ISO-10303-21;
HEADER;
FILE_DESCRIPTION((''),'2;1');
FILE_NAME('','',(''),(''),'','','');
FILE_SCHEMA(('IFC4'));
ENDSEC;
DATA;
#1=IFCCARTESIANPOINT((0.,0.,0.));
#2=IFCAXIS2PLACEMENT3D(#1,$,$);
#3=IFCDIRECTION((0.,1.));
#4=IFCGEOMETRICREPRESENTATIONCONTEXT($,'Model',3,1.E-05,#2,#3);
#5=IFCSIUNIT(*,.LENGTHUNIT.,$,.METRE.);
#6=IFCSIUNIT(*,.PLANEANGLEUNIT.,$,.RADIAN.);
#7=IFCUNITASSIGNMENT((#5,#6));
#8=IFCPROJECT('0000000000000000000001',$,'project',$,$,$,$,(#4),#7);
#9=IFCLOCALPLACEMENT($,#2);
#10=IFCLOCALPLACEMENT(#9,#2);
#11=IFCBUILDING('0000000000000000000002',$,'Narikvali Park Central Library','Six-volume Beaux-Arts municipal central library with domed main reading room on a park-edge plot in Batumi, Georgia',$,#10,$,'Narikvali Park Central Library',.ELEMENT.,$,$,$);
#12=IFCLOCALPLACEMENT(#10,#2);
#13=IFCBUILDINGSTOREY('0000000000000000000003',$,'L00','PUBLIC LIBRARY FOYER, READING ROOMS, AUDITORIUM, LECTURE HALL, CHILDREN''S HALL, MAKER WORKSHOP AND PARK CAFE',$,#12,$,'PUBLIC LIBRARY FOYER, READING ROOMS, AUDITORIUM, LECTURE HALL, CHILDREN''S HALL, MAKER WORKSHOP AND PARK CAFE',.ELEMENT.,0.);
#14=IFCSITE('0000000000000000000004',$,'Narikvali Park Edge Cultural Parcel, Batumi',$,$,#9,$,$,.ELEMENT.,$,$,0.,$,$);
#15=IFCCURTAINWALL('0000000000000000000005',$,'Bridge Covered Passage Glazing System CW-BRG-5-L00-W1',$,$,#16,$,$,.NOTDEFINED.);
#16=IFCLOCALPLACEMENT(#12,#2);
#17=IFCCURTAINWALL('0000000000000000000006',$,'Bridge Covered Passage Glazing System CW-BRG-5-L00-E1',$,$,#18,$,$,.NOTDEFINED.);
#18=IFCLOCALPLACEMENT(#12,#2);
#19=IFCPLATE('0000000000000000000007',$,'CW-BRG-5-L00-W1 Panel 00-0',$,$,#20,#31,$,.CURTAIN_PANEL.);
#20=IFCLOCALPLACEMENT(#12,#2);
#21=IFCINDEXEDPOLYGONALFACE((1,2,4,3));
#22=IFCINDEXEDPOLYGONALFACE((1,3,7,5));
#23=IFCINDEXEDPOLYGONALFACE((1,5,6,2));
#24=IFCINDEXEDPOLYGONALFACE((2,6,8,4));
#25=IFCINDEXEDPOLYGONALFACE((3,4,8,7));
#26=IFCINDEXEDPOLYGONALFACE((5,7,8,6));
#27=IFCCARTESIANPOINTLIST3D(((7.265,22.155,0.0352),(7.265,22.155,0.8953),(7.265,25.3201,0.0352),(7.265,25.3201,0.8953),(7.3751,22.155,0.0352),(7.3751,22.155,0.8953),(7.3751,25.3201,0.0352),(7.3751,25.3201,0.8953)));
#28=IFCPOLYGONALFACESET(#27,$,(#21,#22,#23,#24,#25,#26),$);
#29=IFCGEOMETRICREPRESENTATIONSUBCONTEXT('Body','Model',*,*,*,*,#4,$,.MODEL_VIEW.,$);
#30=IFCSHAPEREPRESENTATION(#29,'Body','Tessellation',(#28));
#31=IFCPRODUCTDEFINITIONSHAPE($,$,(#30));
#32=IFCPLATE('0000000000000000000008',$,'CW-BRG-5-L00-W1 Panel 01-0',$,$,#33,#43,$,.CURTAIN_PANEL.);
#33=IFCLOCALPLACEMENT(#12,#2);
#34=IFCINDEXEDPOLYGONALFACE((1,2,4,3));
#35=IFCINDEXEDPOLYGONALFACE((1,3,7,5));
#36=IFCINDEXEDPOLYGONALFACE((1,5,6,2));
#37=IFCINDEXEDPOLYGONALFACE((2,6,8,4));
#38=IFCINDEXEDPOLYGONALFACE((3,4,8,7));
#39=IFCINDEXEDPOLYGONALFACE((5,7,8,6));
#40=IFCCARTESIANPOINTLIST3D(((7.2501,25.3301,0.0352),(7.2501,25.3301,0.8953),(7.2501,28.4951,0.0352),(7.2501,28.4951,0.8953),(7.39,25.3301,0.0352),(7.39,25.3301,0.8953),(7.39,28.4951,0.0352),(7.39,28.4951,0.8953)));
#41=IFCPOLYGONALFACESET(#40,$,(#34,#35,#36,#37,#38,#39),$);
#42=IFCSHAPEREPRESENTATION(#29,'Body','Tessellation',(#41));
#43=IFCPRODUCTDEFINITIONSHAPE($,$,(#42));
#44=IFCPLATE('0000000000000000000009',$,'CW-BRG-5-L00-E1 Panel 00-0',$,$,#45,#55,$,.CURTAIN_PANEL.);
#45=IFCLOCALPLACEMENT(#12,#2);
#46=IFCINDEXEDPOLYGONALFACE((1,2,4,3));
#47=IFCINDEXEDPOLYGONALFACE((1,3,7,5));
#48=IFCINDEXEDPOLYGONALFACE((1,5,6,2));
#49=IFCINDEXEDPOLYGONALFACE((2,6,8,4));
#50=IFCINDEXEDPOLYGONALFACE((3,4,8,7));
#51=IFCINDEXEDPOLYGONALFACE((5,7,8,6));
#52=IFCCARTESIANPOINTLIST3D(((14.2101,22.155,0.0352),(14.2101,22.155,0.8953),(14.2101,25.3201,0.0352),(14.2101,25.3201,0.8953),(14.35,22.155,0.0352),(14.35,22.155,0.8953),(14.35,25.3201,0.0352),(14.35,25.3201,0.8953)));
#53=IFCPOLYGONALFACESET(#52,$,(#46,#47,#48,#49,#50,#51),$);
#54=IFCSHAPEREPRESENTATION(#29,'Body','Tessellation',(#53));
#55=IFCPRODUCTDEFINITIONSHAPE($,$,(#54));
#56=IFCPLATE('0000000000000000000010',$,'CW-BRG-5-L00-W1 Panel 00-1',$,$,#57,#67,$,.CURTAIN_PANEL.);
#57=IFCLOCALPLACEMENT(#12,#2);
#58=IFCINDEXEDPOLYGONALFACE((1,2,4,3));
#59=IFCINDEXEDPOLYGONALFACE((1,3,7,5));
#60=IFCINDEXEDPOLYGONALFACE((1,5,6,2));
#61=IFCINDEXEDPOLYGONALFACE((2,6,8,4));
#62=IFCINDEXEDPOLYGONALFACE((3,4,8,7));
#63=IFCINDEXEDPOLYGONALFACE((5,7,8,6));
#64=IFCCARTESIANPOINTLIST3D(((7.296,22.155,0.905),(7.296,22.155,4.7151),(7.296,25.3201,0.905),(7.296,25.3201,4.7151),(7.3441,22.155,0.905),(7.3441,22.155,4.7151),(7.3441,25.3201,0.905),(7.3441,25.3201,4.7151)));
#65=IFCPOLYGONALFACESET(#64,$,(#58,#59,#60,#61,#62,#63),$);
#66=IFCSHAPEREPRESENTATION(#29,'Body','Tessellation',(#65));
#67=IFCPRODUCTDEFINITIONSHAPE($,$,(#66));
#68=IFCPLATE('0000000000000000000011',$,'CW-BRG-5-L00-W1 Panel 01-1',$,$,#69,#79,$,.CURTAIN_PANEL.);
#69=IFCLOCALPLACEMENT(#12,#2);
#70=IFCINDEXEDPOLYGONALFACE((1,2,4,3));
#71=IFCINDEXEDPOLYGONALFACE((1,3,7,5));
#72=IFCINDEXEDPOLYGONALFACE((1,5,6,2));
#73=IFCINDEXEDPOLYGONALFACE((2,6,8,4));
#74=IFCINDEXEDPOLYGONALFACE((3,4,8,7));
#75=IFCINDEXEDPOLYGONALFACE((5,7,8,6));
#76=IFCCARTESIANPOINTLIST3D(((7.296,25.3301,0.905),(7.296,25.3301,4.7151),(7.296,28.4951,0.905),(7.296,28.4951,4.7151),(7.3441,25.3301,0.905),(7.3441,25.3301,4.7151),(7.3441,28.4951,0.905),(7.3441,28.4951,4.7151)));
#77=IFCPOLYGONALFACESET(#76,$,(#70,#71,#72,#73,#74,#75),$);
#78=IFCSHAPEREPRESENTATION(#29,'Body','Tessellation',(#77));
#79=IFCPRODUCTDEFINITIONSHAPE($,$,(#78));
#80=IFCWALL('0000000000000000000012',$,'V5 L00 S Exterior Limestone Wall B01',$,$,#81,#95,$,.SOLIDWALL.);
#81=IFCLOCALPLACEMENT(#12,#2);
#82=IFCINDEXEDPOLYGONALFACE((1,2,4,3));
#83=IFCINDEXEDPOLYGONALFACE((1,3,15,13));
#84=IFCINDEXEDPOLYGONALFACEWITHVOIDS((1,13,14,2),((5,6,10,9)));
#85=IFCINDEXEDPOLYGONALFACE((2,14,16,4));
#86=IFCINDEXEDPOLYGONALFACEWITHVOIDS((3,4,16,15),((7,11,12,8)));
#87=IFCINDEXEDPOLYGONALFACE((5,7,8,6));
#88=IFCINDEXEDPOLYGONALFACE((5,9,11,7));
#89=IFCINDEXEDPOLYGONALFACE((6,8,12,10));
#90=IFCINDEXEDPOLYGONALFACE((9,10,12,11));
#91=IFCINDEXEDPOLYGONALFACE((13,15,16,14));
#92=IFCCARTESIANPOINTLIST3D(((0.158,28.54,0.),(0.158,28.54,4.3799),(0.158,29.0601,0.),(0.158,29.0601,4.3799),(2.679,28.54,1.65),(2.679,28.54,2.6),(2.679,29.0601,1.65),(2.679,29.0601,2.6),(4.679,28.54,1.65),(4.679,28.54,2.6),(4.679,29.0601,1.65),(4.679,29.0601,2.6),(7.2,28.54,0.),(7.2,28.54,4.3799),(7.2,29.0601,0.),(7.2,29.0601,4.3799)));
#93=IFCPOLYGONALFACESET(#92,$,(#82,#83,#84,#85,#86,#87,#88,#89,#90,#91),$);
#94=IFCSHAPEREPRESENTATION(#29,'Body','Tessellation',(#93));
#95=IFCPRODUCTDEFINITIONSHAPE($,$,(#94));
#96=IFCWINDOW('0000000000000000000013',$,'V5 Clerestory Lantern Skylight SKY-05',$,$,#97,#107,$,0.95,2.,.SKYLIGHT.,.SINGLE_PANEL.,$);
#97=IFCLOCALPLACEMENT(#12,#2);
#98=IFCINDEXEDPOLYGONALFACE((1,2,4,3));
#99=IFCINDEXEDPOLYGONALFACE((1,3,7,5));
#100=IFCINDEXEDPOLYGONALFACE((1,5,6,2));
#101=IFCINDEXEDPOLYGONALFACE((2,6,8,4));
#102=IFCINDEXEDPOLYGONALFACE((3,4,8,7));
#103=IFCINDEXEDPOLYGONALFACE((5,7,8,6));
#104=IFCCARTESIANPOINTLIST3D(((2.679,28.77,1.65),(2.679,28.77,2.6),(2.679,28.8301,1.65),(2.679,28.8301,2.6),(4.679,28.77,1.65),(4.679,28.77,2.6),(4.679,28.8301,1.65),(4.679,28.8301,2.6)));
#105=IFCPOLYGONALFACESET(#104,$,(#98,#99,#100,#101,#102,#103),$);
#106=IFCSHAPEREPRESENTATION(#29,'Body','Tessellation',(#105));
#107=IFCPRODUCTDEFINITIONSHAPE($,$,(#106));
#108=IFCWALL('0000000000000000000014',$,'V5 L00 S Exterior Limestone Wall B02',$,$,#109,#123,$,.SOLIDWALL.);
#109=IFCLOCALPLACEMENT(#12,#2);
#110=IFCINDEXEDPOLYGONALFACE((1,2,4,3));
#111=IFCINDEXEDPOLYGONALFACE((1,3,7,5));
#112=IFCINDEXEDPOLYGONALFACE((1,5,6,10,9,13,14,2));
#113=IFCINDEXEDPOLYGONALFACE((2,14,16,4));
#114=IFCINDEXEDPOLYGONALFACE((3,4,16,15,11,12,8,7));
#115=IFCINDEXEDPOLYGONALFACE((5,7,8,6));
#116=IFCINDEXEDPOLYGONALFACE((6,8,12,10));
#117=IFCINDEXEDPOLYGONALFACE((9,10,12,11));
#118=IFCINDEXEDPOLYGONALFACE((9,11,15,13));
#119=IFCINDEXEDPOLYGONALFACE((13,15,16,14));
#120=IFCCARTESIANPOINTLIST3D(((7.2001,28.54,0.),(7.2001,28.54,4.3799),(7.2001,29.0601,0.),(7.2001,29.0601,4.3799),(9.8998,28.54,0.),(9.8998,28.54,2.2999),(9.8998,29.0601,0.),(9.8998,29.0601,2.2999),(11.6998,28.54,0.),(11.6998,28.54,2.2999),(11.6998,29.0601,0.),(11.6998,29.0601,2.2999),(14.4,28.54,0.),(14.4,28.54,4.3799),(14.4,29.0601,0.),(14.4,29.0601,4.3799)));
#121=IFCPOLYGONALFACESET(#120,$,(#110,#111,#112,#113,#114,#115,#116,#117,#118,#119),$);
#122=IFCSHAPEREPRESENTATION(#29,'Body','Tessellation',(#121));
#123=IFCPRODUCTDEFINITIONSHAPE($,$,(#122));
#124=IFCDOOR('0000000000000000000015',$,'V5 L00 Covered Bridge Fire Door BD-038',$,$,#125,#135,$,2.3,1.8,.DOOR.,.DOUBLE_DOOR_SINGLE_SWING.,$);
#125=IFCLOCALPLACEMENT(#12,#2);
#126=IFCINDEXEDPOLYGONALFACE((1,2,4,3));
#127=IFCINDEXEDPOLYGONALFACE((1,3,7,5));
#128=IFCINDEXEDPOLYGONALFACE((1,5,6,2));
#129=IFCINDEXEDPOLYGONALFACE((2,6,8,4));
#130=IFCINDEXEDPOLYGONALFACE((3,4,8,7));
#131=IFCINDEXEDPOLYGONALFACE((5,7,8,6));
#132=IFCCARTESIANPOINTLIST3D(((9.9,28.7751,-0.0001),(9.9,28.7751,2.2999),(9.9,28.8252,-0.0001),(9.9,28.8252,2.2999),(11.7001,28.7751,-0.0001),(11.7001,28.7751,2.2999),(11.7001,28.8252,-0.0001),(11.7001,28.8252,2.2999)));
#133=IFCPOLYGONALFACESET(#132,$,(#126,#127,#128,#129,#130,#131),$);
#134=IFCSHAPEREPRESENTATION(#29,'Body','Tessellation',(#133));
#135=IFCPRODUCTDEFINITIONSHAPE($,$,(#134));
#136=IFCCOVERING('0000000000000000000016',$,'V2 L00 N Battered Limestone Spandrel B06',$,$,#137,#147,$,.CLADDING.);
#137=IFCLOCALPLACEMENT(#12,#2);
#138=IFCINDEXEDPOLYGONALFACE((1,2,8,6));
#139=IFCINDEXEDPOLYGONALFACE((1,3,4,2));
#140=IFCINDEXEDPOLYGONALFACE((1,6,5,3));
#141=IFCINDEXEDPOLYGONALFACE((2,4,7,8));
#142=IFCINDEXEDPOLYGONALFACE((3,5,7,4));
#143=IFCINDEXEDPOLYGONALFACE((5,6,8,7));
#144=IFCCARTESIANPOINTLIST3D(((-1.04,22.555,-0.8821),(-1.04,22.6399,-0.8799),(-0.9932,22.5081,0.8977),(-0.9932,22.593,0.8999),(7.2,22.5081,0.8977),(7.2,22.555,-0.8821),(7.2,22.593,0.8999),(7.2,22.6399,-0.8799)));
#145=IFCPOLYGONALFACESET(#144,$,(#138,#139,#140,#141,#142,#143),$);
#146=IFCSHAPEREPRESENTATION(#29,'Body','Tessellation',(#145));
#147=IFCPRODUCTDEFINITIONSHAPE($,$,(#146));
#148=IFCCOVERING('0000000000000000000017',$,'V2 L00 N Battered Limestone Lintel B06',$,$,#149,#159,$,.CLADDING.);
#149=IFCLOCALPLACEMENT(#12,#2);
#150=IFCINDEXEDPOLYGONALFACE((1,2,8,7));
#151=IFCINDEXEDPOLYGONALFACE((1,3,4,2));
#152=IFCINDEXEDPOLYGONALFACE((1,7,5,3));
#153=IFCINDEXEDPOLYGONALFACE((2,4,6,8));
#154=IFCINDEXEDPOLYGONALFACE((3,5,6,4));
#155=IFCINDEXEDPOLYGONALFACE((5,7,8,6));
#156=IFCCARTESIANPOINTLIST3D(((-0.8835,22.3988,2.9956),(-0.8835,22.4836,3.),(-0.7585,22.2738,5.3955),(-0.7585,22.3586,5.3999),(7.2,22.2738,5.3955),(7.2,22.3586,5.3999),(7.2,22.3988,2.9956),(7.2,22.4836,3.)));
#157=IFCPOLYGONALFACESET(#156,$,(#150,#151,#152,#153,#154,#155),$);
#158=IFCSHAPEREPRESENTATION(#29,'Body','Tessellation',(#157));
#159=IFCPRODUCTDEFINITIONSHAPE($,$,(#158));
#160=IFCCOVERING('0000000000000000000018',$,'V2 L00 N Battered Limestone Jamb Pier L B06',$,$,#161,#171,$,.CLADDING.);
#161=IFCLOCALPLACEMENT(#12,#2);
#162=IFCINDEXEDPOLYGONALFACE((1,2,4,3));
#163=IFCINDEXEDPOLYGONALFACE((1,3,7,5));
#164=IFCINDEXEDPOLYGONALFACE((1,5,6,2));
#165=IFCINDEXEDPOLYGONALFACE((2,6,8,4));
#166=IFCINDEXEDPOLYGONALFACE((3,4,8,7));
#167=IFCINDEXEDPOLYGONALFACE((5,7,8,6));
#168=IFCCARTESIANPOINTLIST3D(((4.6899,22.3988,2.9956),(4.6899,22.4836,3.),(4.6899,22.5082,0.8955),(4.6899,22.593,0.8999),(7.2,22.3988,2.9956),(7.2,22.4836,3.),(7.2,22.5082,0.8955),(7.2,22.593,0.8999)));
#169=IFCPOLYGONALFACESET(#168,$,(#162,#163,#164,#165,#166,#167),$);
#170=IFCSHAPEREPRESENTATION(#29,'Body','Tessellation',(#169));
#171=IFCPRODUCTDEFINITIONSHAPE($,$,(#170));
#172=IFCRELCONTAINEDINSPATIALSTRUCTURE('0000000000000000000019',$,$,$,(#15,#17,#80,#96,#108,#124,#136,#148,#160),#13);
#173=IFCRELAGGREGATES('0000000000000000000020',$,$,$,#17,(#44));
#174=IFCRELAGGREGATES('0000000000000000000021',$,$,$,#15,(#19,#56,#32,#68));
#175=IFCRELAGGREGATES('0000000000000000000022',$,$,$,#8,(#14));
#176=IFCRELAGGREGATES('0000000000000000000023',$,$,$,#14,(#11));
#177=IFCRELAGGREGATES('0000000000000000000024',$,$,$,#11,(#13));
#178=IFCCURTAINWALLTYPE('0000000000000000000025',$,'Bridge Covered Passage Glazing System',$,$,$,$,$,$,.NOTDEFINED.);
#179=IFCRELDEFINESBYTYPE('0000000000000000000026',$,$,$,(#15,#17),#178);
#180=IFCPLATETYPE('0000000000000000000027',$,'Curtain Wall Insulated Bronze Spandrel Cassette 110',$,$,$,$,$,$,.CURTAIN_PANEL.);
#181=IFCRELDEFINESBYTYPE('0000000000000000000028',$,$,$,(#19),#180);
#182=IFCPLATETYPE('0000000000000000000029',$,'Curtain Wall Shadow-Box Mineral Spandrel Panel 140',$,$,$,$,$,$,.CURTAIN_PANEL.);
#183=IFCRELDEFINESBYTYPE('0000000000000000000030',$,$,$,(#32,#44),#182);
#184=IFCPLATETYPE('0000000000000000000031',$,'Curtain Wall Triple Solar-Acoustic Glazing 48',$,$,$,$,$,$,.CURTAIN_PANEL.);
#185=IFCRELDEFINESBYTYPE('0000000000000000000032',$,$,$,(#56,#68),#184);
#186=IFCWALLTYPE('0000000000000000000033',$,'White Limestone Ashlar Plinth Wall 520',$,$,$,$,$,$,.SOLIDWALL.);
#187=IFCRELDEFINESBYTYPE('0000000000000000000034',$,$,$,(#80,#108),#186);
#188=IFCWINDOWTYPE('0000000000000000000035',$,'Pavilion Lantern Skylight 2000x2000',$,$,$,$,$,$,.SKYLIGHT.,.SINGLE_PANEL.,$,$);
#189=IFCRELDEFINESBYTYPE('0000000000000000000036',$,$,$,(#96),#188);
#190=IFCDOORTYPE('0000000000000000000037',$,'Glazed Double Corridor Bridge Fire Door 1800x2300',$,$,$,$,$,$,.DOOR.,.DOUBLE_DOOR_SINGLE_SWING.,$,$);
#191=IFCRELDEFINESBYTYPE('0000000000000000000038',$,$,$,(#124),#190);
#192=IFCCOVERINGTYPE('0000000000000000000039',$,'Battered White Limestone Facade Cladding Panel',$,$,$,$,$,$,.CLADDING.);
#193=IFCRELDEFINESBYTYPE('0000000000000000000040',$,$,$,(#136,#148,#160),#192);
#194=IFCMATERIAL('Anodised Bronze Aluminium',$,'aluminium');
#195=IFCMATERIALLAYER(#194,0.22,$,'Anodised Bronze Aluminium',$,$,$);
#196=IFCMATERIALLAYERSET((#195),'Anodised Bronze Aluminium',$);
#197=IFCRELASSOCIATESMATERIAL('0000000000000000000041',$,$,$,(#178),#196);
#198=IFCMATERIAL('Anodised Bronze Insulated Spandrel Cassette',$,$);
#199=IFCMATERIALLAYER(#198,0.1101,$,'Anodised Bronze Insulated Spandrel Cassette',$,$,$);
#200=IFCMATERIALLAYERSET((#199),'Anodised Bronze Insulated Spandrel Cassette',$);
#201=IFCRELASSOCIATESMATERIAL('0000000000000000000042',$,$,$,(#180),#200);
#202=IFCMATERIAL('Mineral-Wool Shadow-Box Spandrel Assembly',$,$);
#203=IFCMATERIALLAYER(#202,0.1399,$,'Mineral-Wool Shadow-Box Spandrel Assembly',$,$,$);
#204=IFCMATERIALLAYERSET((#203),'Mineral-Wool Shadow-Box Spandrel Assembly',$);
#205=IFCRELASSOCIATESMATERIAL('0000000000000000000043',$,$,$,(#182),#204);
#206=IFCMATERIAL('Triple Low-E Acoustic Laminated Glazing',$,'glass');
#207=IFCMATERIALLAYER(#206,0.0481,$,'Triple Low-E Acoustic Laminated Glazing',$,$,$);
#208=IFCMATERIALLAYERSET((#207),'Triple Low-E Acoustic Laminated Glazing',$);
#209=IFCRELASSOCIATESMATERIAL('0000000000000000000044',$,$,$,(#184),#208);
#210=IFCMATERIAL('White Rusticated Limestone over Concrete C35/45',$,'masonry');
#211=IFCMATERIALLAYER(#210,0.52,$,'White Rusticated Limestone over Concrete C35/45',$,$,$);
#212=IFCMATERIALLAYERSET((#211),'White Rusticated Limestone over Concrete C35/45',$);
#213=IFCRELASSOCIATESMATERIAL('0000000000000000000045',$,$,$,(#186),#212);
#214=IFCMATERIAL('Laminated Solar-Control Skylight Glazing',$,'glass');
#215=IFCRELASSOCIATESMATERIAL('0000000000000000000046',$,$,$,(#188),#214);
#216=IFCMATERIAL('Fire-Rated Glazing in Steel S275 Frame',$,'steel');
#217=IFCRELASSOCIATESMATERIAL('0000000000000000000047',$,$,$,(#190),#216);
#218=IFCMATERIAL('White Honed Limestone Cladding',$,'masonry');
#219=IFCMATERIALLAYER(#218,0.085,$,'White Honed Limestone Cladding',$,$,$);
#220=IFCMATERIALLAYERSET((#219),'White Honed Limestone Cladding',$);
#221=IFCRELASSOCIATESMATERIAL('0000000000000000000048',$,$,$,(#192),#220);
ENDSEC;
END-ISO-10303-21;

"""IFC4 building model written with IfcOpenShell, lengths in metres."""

from ifc_helpers import new_model, si_unit, direction, frame, frame_2d, origin, origin_2d, place, context, subcontext, project, spatial, polyline, rectangle, outline, extrude, material, layer, layer_set, type_object, element, fill, aggregate, save


model = new_model("IFC4")

# Units and contexts
model_context = context("Model", 3, precision=1e-05, world=origin(), true_north=direction((0.0, 1.0)))
body_context = subcontext(model_context, "Body", "Model", "MODEL_VIEW")
ifc_project = project(units=[si_unit("LENGTHUNIT", "METRE"), si_unit("PLANEANGLEUNIT", "RADIAN")], contexts=[model_context])

# Site, building, storey
site_placement = place(None, origin())
site = spatial("IfcSite", under=ifc_project, at=site_placement, Name="Narikvali Park Edge Cultural Parcel, Batumi", CompositionType="ELEMENT", RefElevation=0.0)
building_placement = place(site_placement, origin())
building = spatial("IfcBuilding", under=site, at=building_placement, Name="Narikvali Park Central Library", Description="Six-volume Beaux-Arts municipal central library with domed main reading room on a park-edge plot in Batumi, Georgia", LongName="Narikvali Park Central Library", CompositionType="ELEMENT")
storey_placement = place(building_placement, origin())
storey = spatial("IfcBuildingStorey", under=building, at=storey_placement, Name="L00", Description="PUBLIC LIBRARY FOYER, READING ROOMS, AUDITORIUM, LECTURE HALL, CHILDREN'S HALL, MAKER WORKSHOP AND PARK CAFE", LongName="PUBLIC LIBRARY FOYER, READING ROOMS, AUDITORIUM, LECTURE HALL, CHILDREN'S HALL, MAKER WORKSHOP AND PARK CAFE", CompositionType="ELEMENT", Elevation=0.0)

# Curtain walls
ifc_material_1 = material(Name="Anodised Bronze Aluminium", Category="aluminium")
ifc_layer_1 = layer(ifc_material_1, 0.22, Name="Anodised Bronze Aluminium")
ifc_layer_set_1 = layer_set([ifc_layer_1], Name="Anodised Bronze Aluminium")
curtain_wall_type = type_object("IfcCurtainWallType", Name="Bridge Covered Passage Glazing System", PredefinedType="NOTDEFINED", material=ifc_layer_set_1)
curtain_wall_1_placement = place(storey_placement, origin())
curtain_wall_1 = element("IfcCurtainWall", 1, at=curtain_wall_1_placement, inside=storey, type_object=curtain_wall_type, Name="Bridge Covered Passage Glazing System CW-BRG-5-L00-W1", PredefinedType="NOTDEFINED")
curtain_wall_2_placement = place(storey_placement, origin())
curtain_wall_2 = element("IfcCurtainWall", 2, at=curtain_wall_2_placement, inside=storey, type_object=curtain_wall_type, Name="Bridge Covered Passage Glazing System CW-BRG-5-L00-E1", PredefinedType="NOTDEFINED")

# Plates
ifc_material_2 = material(Name="Anodised Bronze Insulated Spandrel Cassette")
ifc_layer_2 = layer(ifc_material_2, 0.1101, Name="Anodised Bronze Insulated Spandrel Cassette")
ifc_layer_set_2 = layer_set([ifc_layer_2], Name="Anodised Bronze Insulated Spandrel Cassette")
plate_type_1 = type_object("IfcPlateType", Name="Curtain Wall Insulated Bronze Spandrel Cassette 110", PredefinedType="CURTAIN_PANEL", material=ifc_layer_set_2)
plate_1_placement = place(storey_placement, frame((7.3201, 23.7375, 0.0352), z_axis=(0.0, 0.0, 1.0), x_axis=(0.0, 1.0, 0.0)))
plate_1 = element("IfcPlate", 3, at=plate_1_placement, type_object=plate_type_1, Name="CW-BRG-5-L00-W1 Panel 00-0", PredefinedType="CURTAIN_PANEL", context=body_context, shape_type="SweptSolid", body=[
    extrude(rectangle(XDim=3.165, YDim=0.1101, at=origin_2d()), origin(), (0.0, 0.0, 1.0), 0.8601),
])
ifc_material_3 = material(Name="Mineral-Wool Shadow-Box Spandrel Assembly")
ifc_layer_3 = layer(ifc_material_3, 0.1399, Name="Mineral-Wool Shadow-Box Spandrel Assembly")
ifc_layer_set_3 = layer_set([ifc_layer_3], Name="Mineral-Wool Shadow-Box Spandrel Assembly")
plate_type_2 = type_object("IfcPlateType", Name="Curtain Wall Shadow-Box Mineral Spandrel Panel 140", PredefinedType="CURTAIN_PANEL", material=ifc_layer_set_3)
plate_2_placement = place(storey_placement, frame((7.3201, 26.9126, 0.0352), z_axis=(0.0, 0.0, 1.0), x_axis=(0.0, 1.0, 0.0)))
plate_2 = element("IfcPlate", 4, at=plate_2_placement, type_object=plate_type_2, Name="CW-BRG-5-L00-W1 Panel 01-0", PredefinedType="CURTAIN_PANEL", context=body_context, shape_type="SweptSolid", body=[
    extrude(rectangle(XDim=3.165, YDim=0.1399, at=origin_2d()), origin(), (0.0, 0.0, 1.0), 0.8601),
])
plate_3_placement = place(storey_placement, frame((14.28, 23.7375, 0.0352), z_axis=(0.0, 0.0, 1.0), x_axis=(0.0, 1.0, 0.0)))
plate_3 = element("IfcPlate", 5, at=plate_3_placement, type_object=plate_type_2, Name="CW-BRG-5-L00-E1 Panel 00-0", PredefinedType="CURTAIN_PANEL", context=body_context, shape_type="SweptSolid", body=[
    extrude(rectangle(XDim=3.165, YDim=0.1399, at=origin_2d()), origin(), (0.0, 0.0, 1.0), 0.8601),
])
aggregate(curtain_wall_2, [plate_3])
ifc_material_4 = material(Name="Triple Low-E Acoustic Laminated Glazing", Category="glass")
ifc_layer_4 = layer(ifc_material_4, 0.0481, Name="Triple Low-E Acoustic Laminated Glazing")
ifc_layer_set_4 = layer_set([ifc_layer_4], Name="Triple Low-E Acoustic Laminated Glazing")
plate_type_3 = type_object("IfcPlateType", Name="Curtain Wall Triple Solar-Acoustic Glazing 48", PredefinedType="CURTAIN_PANEL", material=ifc_layer_set_4)
plate_4_placement = place(storey_placement, frame((7.3201, 23.7375, 0.905), z_axis=(0.0, 0.0, 1.0), x_axis=(0.0, 1.0, 0.0)))
plate_4 = element("IfcPlate", 6, at=plate_4_placement, type_object=plate_type_3, Name="CW-BRG-5-L00-W1 Panel 00-1", PredefinedType="CURTAIN_PANEL", context=body_context, shape_type="SweptSolid", body=[
    extrude(rectangle(XDim=3.165, YDim=0.0481, at=origin_2d()), origin(), (0.0, 0.0, 1.0), 3.8101),
])
plate_5_placement = place(storey_placement, frame((7.3201, 26.9126, 0.905), z_axis=(0.0, 0.0, 1.0), x_axis=(0.0, 1.0, 0.0)))
plate_5 = element("IfcPlate", 7, at=plate_5_placement, type_object=plate_type_3, Name="CW-BRG-5-L00-W1 Panel 01-1", PredefinedType="CURTAIN_PANEL", context=body_context, shape_type="SweptSolid", body=[
    extrude(rectangle(XDim=3.165, YDim=0.0481, at=origin_2d()), origin(), (0.0, 0.0, 1.0), 3.8101),
])
aggregate(curtain_wall_1, [plate_1, plate_4, plate_2, plate_5])

# Wall, opening, window
ifc_material_5 = material(Name="White Rusticated Limestone over Concrete C35/45", Category="masonry")
ifc_layer_5 = layer(ifc_material_5, 0.52, Name="White Rusticated Limestone over Concrete C35/45")
ifc_layer_set_5 = layer_set([ifc_layer_5], Name="White Rusticated Limestone over Concrete C35/45")
wall_type = type_object("IfcWallType", Name="White Limestone Ashlar Plinth Wall 520", PredefinedType="SOLIDWALL", material=ifc_layer_set_5)
wall_1_placement = place(storey_placement, frame((0.158, 28.8, 0.0), z_axis=(0.0, 0.0, 1.0), x_axis=(1.0, 0.0, 0.0)))
wall_1 = element("IfcWall", 8, at=wall_1_placement, inside=storey, type_object=wall_type, Name="V5 L00 S Exterior Limestone Wall B01", PredefinedType="SOLIDWALL", context=body_context, shape_type="SweptSolid", body=[
    extrude(rectangle(XDim=7.042, YDim=0.52, at=frame_2d((3.521, 0.0))), origin(), (0.0, 0.0, 1.0), 4.3799),
])
opening_1_placement = place(wall_1_placement, frame((2.521, 0.0, 1.6499)))
opening_1 = element("IfcOpeningElement", 9, at=opening_1_placement, cuts=wall_1, PredefinedType="OPENING", context=body_context, shape_type="SweptSolid", body=[
    extrude(rectangle(XDim=2.0, YDim=0.95, at=frame_2d((1.0, 0.4751))), frame((0.0, 0.272, 0.0), z_axis=(0.0, -1.0, 0.0), x_axis=(1.0, 0.0, 0.0)), (0.0, 0.0, 1.0), 0.5439),
])
ifc_material_6 = material(Name="Laminated Solar-Control Skylight Glazing", Category="glass")
window_type = type_object("IfcWindowType", Name="Pavilion Lantern Skylight 2000x2000", PartitioningType="SINGLE_PANEL", PredefinedType="SKYLIGHT", material=ifc_material_6)
window_placement = place(opening_1_placement, origin())
window = element("IfcWindow", 10, at=window_placement, inside=storey, type_object=window_type, Name="V5 Clerestory Lantern Skylight SKY-05", OverallHeight=0.95, OverallWidth=2.0, PartitioningType="SINGLE_PANEL", PredefinedType="SKYLIGHT", context=body_context, shape_type="SweptSolid", body=[
    extrude(rectangle(XDim=2.0, YDim=0.95, at=frame_2d((1.0, 0.4751))), frame((0.0, 0.03, 0.0), z_axis=(0.0, -1.0, 0.0), x_axis=(1.0, 0.0, 0.0)), (0.0, 0.0, 1.0), 0.0601),
])
fill(opening_1, window)

# Wall, opening, door
wall_2_placement = place(storey_placement, frame((7.2, 28.8, 0.0), z_axis=(0.0, 0.0, 1.0), x_axis=(1.0, 0.0, 0.0)))
wall_2 = element("IfcWall", 11, at=wall_2_placement, inside=storey, type_object=wall_type, Name="V5 L00 S Exterior Limestone Wall B02", PredefinedType="SOLIDWALL", context=body_context, shape_type="SweptSolid", body=[
    extrude(rectangle(XDim=7.2, YDim=0.52, at=frame_2d((3.6001, 0.0))), origin(), (0.0, 0.0, 1.0), 4.3799),
])
opening_2_placement = place(wall_2_placement, frame((2.7, 0.0, 0.0)))
opening_2 = element("IfcOpeningElement", 12, at=opening_2_placement, cuts=wall_2, PredefinedType="OPENING", context=body_context, shape_type="SweptSolid", body=[
    extrude(rectangle(XDim=1.8, YDim=2.3, at=frame_2d((0.8999, 1.1499))), frame((0.0, 0.272, 0.0), z_axis=(0.0, -1.0, 0.0), x_axis=(1.0, 0.0, 0.0)), (0.0, 0.0, 1.0), 0.5439),
])
ifc_material_7 = material(Name="Fire-Rated Glazing in Steel S275 Frame", Category="steel")
door_type = type_object("IfcDoorType", Name="Glazed Double Corridor Bridge Fire Door 1800x2300", OperationType="DOUBLE_DOOR_SINGLE_SWING", PredefinedType="DOOR", material=ifc_material_7)
door_placement = place(opening_2_placement, frame((1.8, 0.0, 0.0), z_axis=(0.0, 0.0, 1.0), x_axis=(-1.0, 0.0, 0.0)))
door = element("IfcDoor", 13, at=door_placement, inside=storey, type_object=door_type, Name="V5 L00 Covered Bridge Fire Door BD-038", OperationType="DOUBLE_DOOR_SINGLE_SWING", OverallHeight=2.3, OverallWidth=1.8, PredefinedType="DOOR", context=body_context, shape_type="SweptSolid", body=[
    extrude(rectangle(XDim=1.8, YDim=2.3, at=frame_2d((0.8999, 1.1499))), frame((0.0, 0.0249, 0.0), z_axis=(0.0, -1.0, 0.0), x_axis=(1.0, 0.0, 0.0)), (0.0, 0.0, 1.0), 0.05),
])
fill(opening_2, door)

# Coverings
ifc_material_8 = material(Name="White Honed Limestone Cladding", Category="masonry")
ifc_layer_6 = layer(ifc_material_8, 0.085, Name="White Honed Limestone Cladding")
ifc_layer_set_6 = layer_set([ifc_layer_6], Name="White Honed Limestone Cladding")
covering_type = type_object("IfcCoveringType", Name="Battered White Limestone Facade Cladding Panel", PredefinedType="CLADDING", material=ifc_layer_set_6)
covering_1_placement = place(storey_placement, frame((7.2, 22.6399, -0.8799), z_axis=(0.0, 0.999653, 0.026328), x_axis=(-1.0, 0.0, 0.0)))
element("IfcCovering", 14, at=covering_1_placement, inside=storey, type_object=covering_type, Name="V2 L00 N Battered Limestone Spandrel B06", PredefinedType="CLADDING", context=body_context, shape_type="SweptSolid", body=[
    extrude(outline(polyline([(0.0, 0.0), (8.24, 0.0), (8.1931, 1.7804), (0.0, 1.7804), (0.0, 0.0)])), origin(), (0.0, 0.0, -1.0), 0.085),
])
covering_2_placement = place(storey_placement, frame((7.2, 22.4836, 3.0), z_axis=(0.0, 0.998646, 0.052015), x_axis=(-1.0, 0.0, 0.0)))
element("IfcCovering", 15, at=covering_2_placement, inside=storey, type_object=covering_type, Name="V2 L00 N Battered Limestone Lintel B06", PredefinedType="CLADDING", context=body_context, shape_type="SweptSolid", body=[
    extrude(outline(polyline([(0.0, 0.0), (8.0835, 0.0), (7.9585, 2.4032), (0.0, 2.4032), (0.0, 0.0)])), origin(), (0.0, 0.0, -1.0), 0.085),
])
covering_3_placement = place(storey_placement, frame((7.2, 22.593, 0.8999), z_axis=(0.0, 0.998647, 0.05201), x_axis=(-1.0, 0.0, 0.0)))
element("IfcCovering", 16, at=covering_3_placement, inside=storey, type_object=covering_type, Name="V2 L00 N Battered Limestone Jamb Pier L B06", PredefinedType="CLADDING", context=body_context, shape_type="SweptSolid", body=[
    extrude(outline(polyline([(0.0, 0.0), (2.51, 0.0), (2.51, 2.1029), (0.0, 2.1029), (0.0, 0.0)])), origin(), (0.0, 0.0, -1.0), 0.085),
])

save(model, "model.ifc")
